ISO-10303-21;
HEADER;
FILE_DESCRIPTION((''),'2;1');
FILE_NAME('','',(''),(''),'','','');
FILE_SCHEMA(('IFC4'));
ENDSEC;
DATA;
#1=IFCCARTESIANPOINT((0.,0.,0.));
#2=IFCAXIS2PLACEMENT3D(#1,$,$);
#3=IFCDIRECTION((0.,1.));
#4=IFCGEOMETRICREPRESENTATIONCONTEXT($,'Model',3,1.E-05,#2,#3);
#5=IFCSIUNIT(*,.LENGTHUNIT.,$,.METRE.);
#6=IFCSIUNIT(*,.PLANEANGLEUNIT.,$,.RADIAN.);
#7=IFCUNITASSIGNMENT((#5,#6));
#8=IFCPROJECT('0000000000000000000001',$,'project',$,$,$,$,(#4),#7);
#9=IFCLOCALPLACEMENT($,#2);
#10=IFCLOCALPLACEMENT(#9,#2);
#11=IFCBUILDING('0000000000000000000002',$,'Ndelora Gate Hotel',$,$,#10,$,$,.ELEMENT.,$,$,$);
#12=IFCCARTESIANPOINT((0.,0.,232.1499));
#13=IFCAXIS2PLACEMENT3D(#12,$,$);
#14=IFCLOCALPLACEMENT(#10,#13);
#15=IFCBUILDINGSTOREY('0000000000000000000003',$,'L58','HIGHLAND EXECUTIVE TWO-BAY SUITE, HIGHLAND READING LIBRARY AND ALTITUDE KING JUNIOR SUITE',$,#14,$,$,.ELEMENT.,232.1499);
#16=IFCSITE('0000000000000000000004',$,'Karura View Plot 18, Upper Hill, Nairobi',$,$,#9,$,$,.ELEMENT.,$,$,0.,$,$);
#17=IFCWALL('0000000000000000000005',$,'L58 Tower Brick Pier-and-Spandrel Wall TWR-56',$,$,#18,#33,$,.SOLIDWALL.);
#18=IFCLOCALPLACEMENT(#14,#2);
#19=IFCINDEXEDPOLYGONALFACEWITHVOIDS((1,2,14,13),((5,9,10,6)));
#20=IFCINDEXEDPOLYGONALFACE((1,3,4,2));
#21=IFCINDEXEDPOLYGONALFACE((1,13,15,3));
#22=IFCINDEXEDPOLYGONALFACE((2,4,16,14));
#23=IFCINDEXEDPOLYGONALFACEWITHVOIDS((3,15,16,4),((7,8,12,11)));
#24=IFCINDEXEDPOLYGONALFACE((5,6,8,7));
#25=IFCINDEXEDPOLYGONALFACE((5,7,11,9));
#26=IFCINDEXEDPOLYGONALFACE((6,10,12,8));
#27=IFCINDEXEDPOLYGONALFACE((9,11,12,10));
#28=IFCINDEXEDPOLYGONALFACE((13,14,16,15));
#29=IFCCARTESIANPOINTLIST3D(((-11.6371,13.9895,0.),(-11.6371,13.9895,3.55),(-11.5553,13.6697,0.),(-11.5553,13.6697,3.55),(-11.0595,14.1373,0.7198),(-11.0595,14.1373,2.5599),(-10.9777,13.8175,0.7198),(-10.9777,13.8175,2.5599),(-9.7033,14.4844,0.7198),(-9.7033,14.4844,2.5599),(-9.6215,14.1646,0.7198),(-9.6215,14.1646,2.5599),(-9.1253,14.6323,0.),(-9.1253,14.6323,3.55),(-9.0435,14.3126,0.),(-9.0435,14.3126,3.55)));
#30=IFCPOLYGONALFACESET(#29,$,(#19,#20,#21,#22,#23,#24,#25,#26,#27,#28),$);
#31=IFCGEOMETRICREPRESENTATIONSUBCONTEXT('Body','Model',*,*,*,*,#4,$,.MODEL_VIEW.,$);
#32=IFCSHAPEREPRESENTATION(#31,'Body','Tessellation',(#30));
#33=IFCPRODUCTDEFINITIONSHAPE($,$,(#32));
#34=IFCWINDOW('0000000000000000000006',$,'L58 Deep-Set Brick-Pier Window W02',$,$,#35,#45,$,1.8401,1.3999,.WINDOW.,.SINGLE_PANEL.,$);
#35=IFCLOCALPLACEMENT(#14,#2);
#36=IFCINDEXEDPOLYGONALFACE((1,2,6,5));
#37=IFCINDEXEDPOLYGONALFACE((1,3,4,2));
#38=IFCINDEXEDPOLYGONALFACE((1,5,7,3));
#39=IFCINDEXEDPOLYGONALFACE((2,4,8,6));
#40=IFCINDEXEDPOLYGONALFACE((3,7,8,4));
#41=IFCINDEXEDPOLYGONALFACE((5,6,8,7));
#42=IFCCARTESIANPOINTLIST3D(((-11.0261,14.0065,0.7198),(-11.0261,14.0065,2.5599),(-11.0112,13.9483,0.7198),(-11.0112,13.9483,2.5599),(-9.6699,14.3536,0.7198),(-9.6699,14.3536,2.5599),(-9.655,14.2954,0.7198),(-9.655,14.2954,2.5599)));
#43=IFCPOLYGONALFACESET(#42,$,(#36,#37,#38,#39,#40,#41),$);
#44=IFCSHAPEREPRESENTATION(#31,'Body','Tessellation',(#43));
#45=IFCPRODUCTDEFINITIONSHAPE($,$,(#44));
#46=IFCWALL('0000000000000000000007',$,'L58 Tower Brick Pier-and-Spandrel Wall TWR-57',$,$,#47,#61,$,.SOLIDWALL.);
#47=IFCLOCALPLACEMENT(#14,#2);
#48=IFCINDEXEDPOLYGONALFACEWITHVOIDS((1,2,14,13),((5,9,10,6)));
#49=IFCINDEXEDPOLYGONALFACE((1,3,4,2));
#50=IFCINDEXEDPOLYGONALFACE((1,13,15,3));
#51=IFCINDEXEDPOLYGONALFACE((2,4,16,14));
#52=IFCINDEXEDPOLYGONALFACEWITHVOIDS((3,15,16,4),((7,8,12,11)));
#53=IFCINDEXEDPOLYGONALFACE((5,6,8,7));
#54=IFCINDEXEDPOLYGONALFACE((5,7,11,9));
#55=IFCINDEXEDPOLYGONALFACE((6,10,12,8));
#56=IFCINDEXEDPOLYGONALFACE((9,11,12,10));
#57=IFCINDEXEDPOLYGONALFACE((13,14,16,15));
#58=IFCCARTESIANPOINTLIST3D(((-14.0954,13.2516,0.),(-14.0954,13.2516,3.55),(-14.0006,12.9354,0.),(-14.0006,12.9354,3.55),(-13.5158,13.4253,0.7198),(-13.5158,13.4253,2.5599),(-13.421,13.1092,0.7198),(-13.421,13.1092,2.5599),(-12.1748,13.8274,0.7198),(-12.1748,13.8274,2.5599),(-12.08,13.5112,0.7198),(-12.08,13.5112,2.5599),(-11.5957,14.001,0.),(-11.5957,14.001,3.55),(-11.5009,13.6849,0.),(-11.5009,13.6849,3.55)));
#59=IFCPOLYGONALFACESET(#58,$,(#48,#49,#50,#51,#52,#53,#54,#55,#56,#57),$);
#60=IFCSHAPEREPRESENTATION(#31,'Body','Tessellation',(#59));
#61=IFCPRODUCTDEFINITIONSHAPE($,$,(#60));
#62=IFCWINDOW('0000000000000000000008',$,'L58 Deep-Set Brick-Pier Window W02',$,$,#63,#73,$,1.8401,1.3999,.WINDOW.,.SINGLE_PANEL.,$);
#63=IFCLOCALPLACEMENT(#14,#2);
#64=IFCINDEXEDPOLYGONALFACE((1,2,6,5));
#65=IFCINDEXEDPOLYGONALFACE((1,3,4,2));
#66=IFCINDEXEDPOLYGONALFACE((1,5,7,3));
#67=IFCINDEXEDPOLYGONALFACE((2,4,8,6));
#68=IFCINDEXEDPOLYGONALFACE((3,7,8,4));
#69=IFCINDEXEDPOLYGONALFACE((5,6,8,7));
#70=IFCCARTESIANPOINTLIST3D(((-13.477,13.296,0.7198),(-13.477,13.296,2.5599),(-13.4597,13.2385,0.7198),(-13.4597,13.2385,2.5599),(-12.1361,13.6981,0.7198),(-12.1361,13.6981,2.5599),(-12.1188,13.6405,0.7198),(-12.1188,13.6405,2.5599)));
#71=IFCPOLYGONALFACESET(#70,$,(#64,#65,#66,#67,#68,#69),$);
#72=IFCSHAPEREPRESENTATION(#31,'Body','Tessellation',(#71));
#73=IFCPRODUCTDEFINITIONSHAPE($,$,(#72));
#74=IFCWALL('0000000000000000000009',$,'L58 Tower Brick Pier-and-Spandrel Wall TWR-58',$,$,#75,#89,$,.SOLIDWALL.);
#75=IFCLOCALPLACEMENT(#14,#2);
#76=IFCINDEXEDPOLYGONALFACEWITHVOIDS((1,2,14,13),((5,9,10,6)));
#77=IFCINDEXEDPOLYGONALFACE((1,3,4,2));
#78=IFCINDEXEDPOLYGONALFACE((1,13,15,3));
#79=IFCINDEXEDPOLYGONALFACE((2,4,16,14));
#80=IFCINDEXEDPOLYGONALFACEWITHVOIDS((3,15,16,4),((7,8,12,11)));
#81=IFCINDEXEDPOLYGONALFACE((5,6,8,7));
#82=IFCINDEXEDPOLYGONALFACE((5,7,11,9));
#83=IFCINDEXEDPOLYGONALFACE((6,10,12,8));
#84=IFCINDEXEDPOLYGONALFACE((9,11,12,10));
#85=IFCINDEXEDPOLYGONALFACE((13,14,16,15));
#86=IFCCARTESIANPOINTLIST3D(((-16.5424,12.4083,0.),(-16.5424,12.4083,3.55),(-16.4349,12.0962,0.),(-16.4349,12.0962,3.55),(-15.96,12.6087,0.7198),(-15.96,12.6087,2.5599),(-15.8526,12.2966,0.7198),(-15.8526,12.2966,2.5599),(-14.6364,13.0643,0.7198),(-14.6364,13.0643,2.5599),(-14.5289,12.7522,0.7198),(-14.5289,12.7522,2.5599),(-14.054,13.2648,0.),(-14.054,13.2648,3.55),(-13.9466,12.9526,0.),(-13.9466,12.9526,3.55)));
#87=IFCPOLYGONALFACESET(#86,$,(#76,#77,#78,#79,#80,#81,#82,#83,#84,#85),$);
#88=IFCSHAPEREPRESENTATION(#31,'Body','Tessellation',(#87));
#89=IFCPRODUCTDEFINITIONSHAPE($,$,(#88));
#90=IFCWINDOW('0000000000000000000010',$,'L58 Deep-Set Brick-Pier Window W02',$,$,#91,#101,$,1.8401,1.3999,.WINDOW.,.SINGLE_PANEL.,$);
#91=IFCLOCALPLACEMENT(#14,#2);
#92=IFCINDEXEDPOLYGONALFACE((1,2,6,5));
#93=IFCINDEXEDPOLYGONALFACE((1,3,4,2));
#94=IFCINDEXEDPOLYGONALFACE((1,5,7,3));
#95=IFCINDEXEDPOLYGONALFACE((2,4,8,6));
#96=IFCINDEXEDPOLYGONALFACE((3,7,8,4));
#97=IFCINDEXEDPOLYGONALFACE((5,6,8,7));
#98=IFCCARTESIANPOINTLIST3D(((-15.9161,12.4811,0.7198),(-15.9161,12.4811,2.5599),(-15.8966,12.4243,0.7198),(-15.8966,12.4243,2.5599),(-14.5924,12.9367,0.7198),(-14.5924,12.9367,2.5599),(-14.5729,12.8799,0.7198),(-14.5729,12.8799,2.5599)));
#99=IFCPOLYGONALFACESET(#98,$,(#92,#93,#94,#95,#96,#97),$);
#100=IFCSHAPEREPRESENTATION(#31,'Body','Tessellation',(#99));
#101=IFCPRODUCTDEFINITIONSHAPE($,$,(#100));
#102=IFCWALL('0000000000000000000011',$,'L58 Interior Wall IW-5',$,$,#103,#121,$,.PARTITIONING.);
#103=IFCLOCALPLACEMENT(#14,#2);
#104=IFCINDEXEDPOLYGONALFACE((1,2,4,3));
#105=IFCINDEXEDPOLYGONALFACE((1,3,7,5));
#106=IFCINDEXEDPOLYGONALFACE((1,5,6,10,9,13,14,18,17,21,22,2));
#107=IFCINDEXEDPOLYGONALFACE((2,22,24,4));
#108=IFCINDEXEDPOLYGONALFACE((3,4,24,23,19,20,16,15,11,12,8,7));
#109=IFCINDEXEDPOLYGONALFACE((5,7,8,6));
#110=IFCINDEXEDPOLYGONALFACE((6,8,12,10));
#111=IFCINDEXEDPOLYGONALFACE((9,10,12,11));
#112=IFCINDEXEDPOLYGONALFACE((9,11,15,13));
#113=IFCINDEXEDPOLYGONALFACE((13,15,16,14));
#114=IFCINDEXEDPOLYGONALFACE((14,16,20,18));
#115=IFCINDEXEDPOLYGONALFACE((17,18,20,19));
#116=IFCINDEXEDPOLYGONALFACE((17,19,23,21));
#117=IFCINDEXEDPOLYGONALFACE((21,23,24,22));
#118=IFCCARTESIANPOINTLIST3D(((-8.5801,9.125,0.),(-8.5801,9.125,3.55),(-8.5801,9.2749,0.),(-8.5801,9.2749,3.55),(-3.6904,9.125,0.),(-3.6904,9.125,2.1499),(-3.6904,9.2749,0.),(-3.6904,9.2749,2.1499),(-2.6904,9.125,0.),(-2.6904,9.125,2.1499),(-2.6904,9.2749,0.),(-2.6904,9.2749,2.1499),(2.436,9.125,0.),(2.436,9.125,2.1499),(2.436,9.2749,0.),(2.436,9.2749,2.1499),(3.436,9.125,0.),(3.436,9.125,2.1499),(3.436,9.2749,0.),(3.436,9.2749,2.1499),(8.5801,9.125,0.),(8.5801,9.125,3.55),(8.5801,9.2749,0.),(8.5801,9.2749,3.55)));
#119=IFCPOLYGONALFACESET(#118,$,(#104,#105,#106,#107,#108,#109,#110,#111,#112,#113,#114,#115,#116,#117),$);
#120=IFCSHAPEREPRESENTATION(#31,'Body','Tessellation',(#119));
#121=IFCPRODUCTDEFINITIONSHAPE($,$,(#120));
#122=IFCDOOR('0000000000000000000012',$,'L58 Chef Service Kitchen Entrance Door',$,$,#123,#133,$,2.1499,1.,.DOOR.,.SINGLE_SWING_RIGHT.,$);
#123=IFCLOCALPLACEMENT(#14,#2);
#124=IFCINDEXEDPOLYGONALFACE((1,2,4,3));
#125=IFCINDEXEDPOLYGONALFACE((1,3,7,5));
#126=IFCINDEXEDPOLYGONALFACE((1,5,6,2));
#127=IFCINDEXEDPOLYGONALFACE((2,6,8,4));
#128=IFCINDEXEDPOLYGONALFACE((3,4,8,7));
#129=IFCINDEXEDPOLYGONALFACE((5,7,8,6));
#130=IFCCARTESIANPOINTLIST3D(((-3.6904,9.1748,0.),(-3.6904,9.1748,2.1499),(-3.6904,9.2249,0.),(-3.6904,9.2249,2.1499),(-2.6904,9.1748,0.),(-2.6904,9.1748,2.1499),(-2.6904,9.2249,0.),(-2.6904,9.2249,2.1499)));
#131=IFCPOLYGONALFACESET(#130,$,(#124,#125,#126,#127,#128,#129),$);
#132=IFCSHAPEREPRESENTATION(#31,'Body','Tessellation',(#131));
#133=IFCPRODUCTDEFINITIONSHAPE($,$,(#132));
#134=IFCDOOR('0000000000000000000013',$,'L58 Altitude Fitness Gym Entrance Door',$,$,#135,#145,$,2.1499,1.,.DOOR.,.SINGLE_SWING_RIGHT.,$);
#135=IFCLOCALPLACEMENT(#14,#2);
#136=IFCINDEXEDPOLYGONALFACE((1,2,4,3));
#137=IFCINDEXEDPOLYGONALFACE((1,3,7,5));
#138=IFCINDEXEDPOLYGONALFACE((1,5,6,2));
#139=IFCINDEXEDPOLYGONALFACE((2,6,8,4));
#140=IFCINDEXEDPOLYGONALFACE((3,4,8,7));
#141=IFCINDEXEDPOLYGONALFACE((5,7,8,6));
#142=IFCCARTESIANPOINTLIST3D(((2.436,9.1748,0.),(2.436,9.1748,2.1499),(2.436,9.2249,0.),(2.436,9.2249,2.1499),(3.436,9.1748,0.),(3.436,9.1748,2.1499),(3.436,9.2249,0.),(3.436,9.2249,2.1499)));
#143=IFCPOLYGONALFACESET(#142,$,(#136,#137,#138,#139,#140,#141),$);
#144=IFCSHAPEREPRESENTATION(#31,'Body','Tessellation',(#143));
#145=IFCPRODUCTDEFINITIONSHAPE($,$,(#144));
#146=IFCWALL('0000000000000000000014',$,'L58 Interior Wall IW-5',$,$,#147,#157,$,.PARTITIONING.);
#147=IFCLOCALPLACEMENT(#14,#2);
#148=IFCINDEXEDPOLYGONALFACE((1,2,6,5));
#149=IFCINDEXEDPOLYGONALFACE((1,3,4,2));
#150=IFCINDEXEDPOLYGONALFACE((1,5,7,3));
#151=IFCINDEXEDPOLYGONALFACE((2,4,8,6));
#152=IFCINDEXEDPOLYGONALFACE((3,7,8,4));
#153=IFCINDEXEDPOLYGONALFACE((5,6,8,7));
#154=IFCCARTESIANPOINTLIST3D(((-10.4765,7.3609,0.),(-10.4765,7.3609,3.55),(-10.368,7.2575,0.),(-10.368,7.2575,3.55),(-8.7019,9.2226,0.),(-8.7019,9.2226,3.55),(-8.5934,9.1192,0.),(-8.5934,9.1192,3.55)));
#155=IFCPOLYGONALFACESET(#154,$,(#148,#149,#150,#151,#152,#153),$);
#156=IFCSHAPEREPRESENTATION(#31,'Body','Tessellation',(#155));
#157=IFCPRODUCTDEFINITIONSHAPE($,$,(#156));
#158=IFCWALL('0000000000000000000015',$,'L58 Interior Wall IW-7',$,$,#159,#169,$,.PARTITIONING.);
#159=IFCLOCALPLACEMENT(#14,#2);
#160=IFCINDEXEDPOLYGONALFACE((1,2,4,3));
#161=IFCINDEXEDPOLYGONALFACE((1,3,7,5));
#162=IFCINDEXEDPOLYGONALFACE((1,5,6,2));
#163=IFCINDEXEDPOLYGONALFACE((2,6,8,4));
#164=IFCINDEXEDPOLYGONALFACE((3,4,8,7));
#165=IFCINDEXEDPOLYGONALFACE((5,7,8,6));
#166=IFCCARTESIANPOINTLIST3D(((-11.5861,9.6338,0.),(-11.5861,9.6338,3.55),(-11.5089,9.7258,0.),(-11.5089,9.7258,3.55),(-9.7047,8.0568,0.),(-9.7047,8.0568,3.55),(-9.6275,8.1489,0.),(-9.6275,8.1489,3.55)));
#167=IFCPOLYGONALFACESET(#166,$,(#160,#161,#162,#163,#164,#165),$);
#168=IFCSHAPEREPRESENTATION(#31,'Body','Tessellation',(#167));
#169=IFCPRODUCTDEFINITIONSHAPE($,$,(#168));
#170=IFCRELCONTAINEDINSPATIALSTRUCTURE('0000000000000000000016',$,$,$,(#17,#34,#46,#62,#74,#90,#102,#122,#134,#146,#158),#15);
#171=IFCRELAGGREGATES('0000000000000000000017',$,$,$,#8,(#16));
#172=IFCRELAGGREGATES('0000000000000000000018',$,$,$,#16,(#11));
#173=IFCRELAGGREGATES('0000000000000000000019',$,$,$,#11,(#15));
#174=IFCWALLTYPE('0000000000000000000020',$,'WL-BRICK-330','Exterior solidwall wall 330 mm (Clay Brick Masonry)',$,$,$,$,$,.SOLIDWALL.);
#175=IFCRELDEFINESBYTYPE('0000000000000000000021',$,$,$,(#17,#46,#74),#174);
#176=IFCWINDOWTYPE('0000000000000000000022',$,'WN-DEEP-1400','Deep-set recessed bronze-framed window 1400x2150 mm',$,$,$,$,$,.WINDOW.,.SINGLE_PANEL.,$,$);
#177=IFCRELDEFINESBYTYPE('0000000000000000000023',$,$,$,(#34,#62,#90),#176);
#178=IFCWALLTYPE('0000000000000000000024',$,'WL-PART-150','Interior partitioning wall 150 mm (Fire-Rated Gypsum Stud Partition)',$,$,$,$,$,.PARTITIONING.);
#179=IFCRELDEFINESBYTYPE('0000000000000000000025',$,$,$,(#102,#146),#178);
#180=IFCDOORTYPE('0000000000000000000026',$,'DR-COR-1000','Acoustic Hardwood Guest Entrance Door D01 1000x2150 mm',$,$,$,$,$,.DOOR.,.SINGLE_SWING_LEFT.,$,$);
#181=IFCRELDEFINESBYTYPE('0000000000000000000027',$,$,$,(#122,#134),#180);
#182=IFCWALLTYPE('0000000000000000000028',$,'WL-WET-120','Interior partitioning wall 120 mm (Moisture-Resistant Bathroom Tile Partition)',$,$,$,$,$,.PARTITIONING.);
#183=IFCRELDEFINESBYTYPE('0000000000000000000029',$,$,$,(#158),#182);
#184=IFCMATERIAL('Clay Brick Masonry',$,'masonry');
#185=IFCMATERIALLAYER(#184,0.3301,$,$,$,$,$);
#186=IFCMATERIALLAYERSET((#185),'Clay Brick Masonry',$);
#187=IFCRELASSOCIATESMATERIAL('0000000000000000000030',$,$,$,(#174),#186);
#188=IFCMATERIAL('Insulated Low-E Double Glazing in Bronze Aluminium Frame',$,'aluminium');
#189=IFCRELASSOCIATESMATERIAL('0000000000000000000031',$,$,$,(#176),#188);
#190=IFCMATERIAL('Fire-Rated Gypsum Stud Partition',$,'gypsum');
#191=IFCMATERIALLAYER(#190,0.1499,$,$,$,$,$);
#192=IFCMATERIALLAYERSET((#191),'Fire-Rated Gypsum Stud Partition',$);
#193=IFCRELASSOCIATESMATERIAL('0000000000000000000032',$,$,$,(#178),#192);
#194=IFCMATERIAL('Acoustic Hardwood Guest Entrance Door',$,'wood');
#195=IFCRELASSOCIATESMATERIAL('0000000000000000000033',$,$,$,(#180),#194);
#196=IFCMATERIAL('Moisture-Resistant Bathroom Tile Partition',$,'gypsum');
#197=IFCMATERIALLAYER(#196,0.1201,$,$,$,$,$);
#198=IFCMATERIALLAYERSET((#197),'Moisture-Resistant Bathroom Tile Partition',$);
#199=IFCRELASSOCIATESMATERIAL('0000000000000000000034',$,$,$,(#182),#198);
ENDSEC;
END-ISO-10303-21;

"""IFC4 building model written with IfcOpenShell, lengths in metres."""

from ifc_helpers import new_model, si_unit, direction, frame, frame_2d, origin, place, context, subcontext, project, spatial, rectangle, extrude, material, layer, layer_set, type_object, element, fill, save


model = new_model("IFC4")

# Units and contexts
model_context = context("Model", 3, precision=1e-05, world=origin(), true_north=direction((0.0, 1.0)))
body_context = subcontext(model_context, "Body", "Model", "MODEL_VIEW")
ifc_project = project(units=[si_unit("LENGTHUNIT", "METRE"), si_unit("PLANEANGLEUNIT", "RADIAN")], contexts=[model_context])

# Site, building, storey
site_placement = place(None, origin())
site = spatial("IfcSite", under=ifc_project, at=site_placement, Name="Karura View Plot 18, Upper Hill, Nairobi", CompositionType="ELEMENT", RefElevation=0.0)
building_placement = place(site_placement, origin())
building = spatial("IfcBuilding", under=site, at=building_placement, Name="Ndelora Gate Hotel", CompositionType="ELEMENT")
storey_placement = place(building_placement, frame((0.0, 0.0, 232.1499)))
storey = spatial("IfcBuildingStorey", under=building, at=storey_placement, Name="L58", Description="HIGHLAND EXECUTIVE TWO-BAY SUITE, HIGHLAND READING LIBRARY AND ALTITUDE KING JUNIOR SUITE", CompositionType="ELEMENT", Elevation=232.1499)

# Shared definitions
ifc_material_1 = material(Name="Clay Brick Masonry", Category="masonry")
ifc_layer_1 = layer(ifc_material_1, 0.3301)
ifc_layer_set_1 = layer_set([ifc_layer_1], Name="Clay Brick Masonry")
wall_type_1 = type_object("IfcWallType", Name="WL-BRICK-330", Description="Exterior solidwall wall 330 mm (Clay Brick Masonry)", PredefinedType="SOLIDWALL", material=ifc_layer_set_1)

# Walls, openings, windows
ifc_material_2 = material(Name="Insulated Low-E Double Glazing in Bronze Aluminium Frame", Category="aluminium")
window_type = type_object("IfcWindowType", Name="WN-DEEP-1400", Description="Deep-set recessed bronze-framed window 1400x2150 mm", PartitioningType="SINGLE_PANEL", PredefinedType="WINDOW", material=ifc_material_2)
wall_1_placement = place(storey_placement, frame((-11.5962, 13.8296, 0.0), z_axis=(0.0, 0.0, 1.0), x_axis=(0.968776, 0.247938, 0.0)))
wall_1 = element("IfcWall", 1, at=wall_1_placement, inside=storey, type_object=wall_type_1, Name="L58 Tower Brick Pier-and-Spandrel Wall TWR-56", PredefinedType="SOLIDWALL", context=body_context, shape_type="SweptSolid", body=[
    extrude(rectangle(XDim=2.5928, YDim=0.3301, at=frame_2d((1.2964, 0.0))), origin(), (0.0, 0.0, 1.0), 3.55),
])
opening_1_placement = place(wall_1_placement, frame((0.5962, 0.0, 0.72)))
opening_1 = element("IfcOpeningElement", 2, at=opening_1_placement, cuts=wall_1, PredefinedType="OPENING", context=body_context, shape_type="SweptSolid", body=[
    extrude(rectangle(XDim=1.3999, YDim=1.8401, at=frame_2d((0.7, 0.9199))), frame((0.0, 0.175, 0.0), z_axis=(0.0, -1.0, 0.0), x_axis=(1.0, 0.0, 0.0)), (0.0, 0.0, 1.0), 0.3501),
])
window_1_placement = place(opening_1_placement, origin())
window_1 = element("IfcWindow", 3, at=window_1_placement, inside=storey, type_object=window_type, Name="L58 Deep-Set Brick-Pier Window W02", OverallHeight=1.8401, OverallWidth=1.3999, PartitioningType="SINGLE_PANEL", PredefinedType="WINDOW", context=body_context, shape_type="SweptSolid", body=[
    extrude(rectangle(XDim=1.3999, YDim=1.8401, at=frame_2d((0.7, 0.9199))), frame((0.0, 0.03, 0.0), z_axis=(0.0, -1.0, 0.0), x_axis=(1.0, 0.0, 0.0)), (0.0, 0.0, 1.0), 0.0601),
])
fill(opening_1, window_1)
wall_2_placement = place(storey_placement, frame((-14.0479, 13.0935, 0.0), z_axis=(0.0, 0.0, 1.0), x_axis=(0.95787, 0.287202, 0.0)))
wall_2 = element("IfcWall", 4, at=wall_2_placement, inside=storey, type_object=wall_type_1, Name="L58 Tower Brick Pier-and-Spandrel Wall TWR-57", PredefinedType="SOLIDWALL", context=body_context, shape_type="SweptSolid", body=[
    extrude(rectangle(XDim=2.6096, YDim=0.3301, at=frame_2d((1.3047, 0.0))), origin(), (0.0, 0.0, 1.0), 3.55),
])
opening_2_placement = place(wall_2_placement, frame((0.605, 0.0, 0.72)))
opening_2 = element("IfcOpeningElement", 5, at=opening_2_placement, cuts=wall_2, PredefinedType="OPENING", context=body_context, shape_type="SweptSolid", body=[
    extrude(rectangle(XDim=1.3999, YDim=1.8401, at=frame_2d((0.7, 0.9199))), frame((0.0, 0.175, 0.0), z_axis=(0.0, -1.0, 0.0), x_axis=(1.0, 0.0, 0.0)), (0.0, 0.0, 1.0), 0.3501),
])
window_2_placement = place(opening_2_placement, origin())
window_2 = element("IfcWindow", 6, at=window_2_placement, inside=storey, type_object=window_type, Name="L58 Deep-Set Brick-Pier Window W02", OverallHeight=1.8401, OverallWidth=1.3999, PartitioningType="SINGLE_PANEL", PredefinedType="WINDOW", context=body_context, shape_type="SweptSolid", body=[
    extrude(rectangle(XDim=1.3999, YDim=1.8401, at=frame_2d((0.7, 0.9199))), frame((0.0, 0.03, 0.0), z_axis=(0.0, -1.0, 0.0), x_axis=(1.0, 0.0, 0.0)), (0.0, 0.0, 1.0), 0.0601),
])
fill(opening_2, window_2)
wall_3_placement = place(storey_placement, frame((-16.4888, 12.2522, 0.0), z_axis=(0.0, 0.0, 1.0), x_axis=(0.945558, 0.325453, 0.0)))
wall_3 = element("IfcWall", 7, at=wall_3_placement, inside=storey, type_object=wall_type_1, Name="L58 Tower Brick Pier-and-Spandrel Wall TWR-58", PredefinedType="SOLIDWALL", context=body_context, shape_type="SweptSolid", body=[
    extrude(rectangle(XDim=2.6316, YDim=0.3301, at=frame_2d((1.3159, 0.0))), origin(), (0.0, 0.0, 1.0), 3.55),
])
opening_3_placement = place(wall_3_placement, frame((0.616, 0.0, 0.72)))
opening_3 = element("IfcOpeningElement", 8, at=opening_3_placement, cuts=wall_3, PredefinedType="OPENING", context=body_context, shape_type="SweptSolid", body=[
    extrude(rectangle(XDim=1.3999, YDim=1.8401, at=frame_2d((0.7, 0.9199))), frame((0.0, 0.175, 0.0), z_axis=(0.0, -1.0, 0.0), x_axis=(1.0, 0.0, 0.0)), (0.0, 0.0, 1.0), 0.3501),
])
window_3_placement = place(opening_3_placement, origin())
window_3 = element("IfcWindow", 9, at=window_3_placement, inside=storey, type_object=window_type, Name="L58 Deep-Set Brick-Pier Window W02", OverallHeight=1.8401, OverallWidth=1.3999, PartitioningType="SINGLE_PANEL", PredefinedType="WINDOW", context=body_context, shape_type="SweptSolid", body=[
    extrude(rectangle(XDim=1.3999, YDim=1.8401, at=frame_2d((0.7, 0.9199))), frame((0.0, 0.03, 0.0), z_axis=(0.0, -1.0, 0.0), x_axis=(1.0, 0.0, 0.0)), (0.0, 0.0, 1.0), 0.0601),
])
fill(opening_3, window_3)

# Wall, openings, doors
ifc_material_3 = material(Name="Fire-Rated Gypsum Stud Partition", Category="gypsum")
ifc_layer_2 = layer(ifc_material_3, 0.1499)
ifc_layer_set_2 = layer_set([ifc_layer_2], Name="Fire-Rated Gypsum Stud Partition")
wall_type_2 = type_object("IfcWallType", Name="WL-PART-150", Description="Interior partitioning wall 150 mm (Fire-Rated Gypsum Stud Partition)", PredefinedType="PARTITIONING", material=ifc_layer_set_2)
wall_4_placement = place(storey_placement, frame((-8.5801, 9.2, 0.0), z_axis=(0.0, 0.0, 1.0), x_axis=(1.0, 0.0, 0.0)))
wall_4 = element("IfcWall", 10, at=wall_4_placement, inside=storey, type_object=wall_type_2, Name="L58 Interior Wall IW-5", PredefinedType="PARTITIONING", context=body_context, shape_type="SweptSolid", body=[
    extrude(rectangle(XDim=17.1602, YDim=0.1499, at=frame_2d((8.5801, 0.0))), origin(), (0.0, 0.0, 1.0), 3.55),
])
opening_4_placement = place(wall_4_placement, frame((4.8896, 0.0, 0.0)))
opening_4 = element("IfcOpeningElement", 11, at=opening_4_placement, cuts=wall_4, PredefinedType="OPENING", context=body_context, shape_type="SweptSolid", body=[
    extrude(rectangle(XDim=1.0, YDim=2.1499, at=frame_2d((0.5, 1.075))), frame((0.0, 0.085, 0.0), z_axis=(0.0, -1.0, 0.0), x_axis=(1.0, 0.0, 0.0)), (0.0, 0.0, 1.0), 0.1699),
])
opening_5_placement = place(wall_4_placement, frame((11.0161, 0.0, 0.0)))
opening_5 = element("IfcOpeningElement", 12, at=opening_5_placement, cuts=wall_4, PredefinedType="OPENING", context=body_context, shape_type="SweptSolid", body=[
    extrude(rectangle(XDim=1.0, YDim=2.1499, at=frame_2d((0.5, 1.075))), frame((0.0, 0.085, 0.0), z_axis=(0.0, -1.0, 0.0), x_axis=(1.0, 0.0, 0.0)), (0.0, 0.0, 1.0), 0.1699),
])
ifc_material_4 = material(Name="Acoustic Hardwood Guest Entrance Door", Category="wood")
door_type_1 = type_object("IfcDoorType", Name="DR-COR-1000", Description="Acoustic Hardwood Guest Entrance Door D01 1000x2150 mm", OperationType="SINGLE_SWING_LEFT", PredefinedType="DOOR", material=ifc_material_4)
door_1_placement = place(opening_4_placement, origin())
door_1 = element("IfcDoor", 13, at=door_1_placement, inside=storey, type_object=door_type_1, Name="L58 Chef Service Kitchen Entrance Door", OperationType="SINGLE_SWING_RIGHT", OverallHeight=2.1499, OverallWidth=1.0, PredefinedType="DOOR", context=body_context, shape_type="SweptSolid", body=[
    extrude(rectangle(XDim=1.0, YDim=2.1499, at=frame_2d((0.5, 1.075))), frame((0.0, 0.0249, 0.0), z_axis=(0.0, -1.0, 0.0), x_axis=(1.0, 0.0, 0.0)), (0.0, 0.0, 1.0), 0.05),
])
fill(opening_4, door_1)
door_2_placement = place(opening_5_placement, origin())
door_2 = element("IfcDoor", 14, at=door_2_placement, inside=storey, type_object=door_type_1, Name="L58 Altitude Fitness Gym Entrance Door", OperationType="SINGLE_SWING_RIGHT", OverallHeight=2.1499, OverallWidth=1.0, PredefinedType="DOOR", context=body_context, shape_type="SweptSolid", body=[
    extrude(rectangle(XDim=1.0, YDim=2.1499, at=frame_2d((0.5, 1.075))), frame((0.0, 0.0249, 0.0), z_axis=(0.0, -1.0, 0.0), x_axis=(1.0, 0.0, 0.0)), (0.0, 0.0, 1.0), 0.05),
])
fill(opening_5, door_2)

# Walls
wall_5_placement = place(storey_placement, frame((-10.4224, 7.3091, 0.0), z_axis=(0.0, 0.0, 1.0), x_axis=(0.689961, 0.723847, 0.0)))
element("IfcWall", 15, at=wall_5_placement, inside=storey, type_object=wall_type_2, Name="L58 Interior Wall IW-5", PredefinedType="PARTITIONING", context=body_context, shape_type="SweptSolid", body=[
    extrude(rectangle(XDim=2.572, YDim=0.1499, at=frame_2d((1.2861, 0.0))), origin(), (0.0, 0.0, 1.0), 3.55),
])
ifc_material_5 = material(Name="Moisture-Resistant Bathroom Tile Partition", Category="gypsum")
ifc_layer_3 = layer(ifc_material_5, 0.1201)
ifc_layer_set_3 = layer_set([ifc_layer_3], Name="Moisture-Resistant Bathroom Tile Partition")
wall_type_3 = type_object("IfcWallType", Name="WL-WET-120", Description="Interior partitioning wall 120 mm (Moisture-Resistant Bathroom Tile Partition)", PredefinedType="PARTITIONING", material=ifc_layer_set_3)
wall_6_placement = place(storey_placement, frame((-9.666, 8.1028, 0.0), z_axis=(0.0, 0.0, 1.0), x_axis=(-0.766392, 0.642373, 0.0)))
element("IfcWall", 16, at=wall_6_placement, inside=storey, type_object=wall_type_3, Name="L58 Interior Wall IW-7", PredefinedType="PARTITIONING", context=body_context, shape_type="SweptSolid", body=[
    extrude(rectangle(XDim=2.4548, YDim=0.1201, at=frame_2d((1.2275, 0.0))), origin(), (0.0, 0.0, 1.0), 3.55),
])

save(model, "model.ifc")
